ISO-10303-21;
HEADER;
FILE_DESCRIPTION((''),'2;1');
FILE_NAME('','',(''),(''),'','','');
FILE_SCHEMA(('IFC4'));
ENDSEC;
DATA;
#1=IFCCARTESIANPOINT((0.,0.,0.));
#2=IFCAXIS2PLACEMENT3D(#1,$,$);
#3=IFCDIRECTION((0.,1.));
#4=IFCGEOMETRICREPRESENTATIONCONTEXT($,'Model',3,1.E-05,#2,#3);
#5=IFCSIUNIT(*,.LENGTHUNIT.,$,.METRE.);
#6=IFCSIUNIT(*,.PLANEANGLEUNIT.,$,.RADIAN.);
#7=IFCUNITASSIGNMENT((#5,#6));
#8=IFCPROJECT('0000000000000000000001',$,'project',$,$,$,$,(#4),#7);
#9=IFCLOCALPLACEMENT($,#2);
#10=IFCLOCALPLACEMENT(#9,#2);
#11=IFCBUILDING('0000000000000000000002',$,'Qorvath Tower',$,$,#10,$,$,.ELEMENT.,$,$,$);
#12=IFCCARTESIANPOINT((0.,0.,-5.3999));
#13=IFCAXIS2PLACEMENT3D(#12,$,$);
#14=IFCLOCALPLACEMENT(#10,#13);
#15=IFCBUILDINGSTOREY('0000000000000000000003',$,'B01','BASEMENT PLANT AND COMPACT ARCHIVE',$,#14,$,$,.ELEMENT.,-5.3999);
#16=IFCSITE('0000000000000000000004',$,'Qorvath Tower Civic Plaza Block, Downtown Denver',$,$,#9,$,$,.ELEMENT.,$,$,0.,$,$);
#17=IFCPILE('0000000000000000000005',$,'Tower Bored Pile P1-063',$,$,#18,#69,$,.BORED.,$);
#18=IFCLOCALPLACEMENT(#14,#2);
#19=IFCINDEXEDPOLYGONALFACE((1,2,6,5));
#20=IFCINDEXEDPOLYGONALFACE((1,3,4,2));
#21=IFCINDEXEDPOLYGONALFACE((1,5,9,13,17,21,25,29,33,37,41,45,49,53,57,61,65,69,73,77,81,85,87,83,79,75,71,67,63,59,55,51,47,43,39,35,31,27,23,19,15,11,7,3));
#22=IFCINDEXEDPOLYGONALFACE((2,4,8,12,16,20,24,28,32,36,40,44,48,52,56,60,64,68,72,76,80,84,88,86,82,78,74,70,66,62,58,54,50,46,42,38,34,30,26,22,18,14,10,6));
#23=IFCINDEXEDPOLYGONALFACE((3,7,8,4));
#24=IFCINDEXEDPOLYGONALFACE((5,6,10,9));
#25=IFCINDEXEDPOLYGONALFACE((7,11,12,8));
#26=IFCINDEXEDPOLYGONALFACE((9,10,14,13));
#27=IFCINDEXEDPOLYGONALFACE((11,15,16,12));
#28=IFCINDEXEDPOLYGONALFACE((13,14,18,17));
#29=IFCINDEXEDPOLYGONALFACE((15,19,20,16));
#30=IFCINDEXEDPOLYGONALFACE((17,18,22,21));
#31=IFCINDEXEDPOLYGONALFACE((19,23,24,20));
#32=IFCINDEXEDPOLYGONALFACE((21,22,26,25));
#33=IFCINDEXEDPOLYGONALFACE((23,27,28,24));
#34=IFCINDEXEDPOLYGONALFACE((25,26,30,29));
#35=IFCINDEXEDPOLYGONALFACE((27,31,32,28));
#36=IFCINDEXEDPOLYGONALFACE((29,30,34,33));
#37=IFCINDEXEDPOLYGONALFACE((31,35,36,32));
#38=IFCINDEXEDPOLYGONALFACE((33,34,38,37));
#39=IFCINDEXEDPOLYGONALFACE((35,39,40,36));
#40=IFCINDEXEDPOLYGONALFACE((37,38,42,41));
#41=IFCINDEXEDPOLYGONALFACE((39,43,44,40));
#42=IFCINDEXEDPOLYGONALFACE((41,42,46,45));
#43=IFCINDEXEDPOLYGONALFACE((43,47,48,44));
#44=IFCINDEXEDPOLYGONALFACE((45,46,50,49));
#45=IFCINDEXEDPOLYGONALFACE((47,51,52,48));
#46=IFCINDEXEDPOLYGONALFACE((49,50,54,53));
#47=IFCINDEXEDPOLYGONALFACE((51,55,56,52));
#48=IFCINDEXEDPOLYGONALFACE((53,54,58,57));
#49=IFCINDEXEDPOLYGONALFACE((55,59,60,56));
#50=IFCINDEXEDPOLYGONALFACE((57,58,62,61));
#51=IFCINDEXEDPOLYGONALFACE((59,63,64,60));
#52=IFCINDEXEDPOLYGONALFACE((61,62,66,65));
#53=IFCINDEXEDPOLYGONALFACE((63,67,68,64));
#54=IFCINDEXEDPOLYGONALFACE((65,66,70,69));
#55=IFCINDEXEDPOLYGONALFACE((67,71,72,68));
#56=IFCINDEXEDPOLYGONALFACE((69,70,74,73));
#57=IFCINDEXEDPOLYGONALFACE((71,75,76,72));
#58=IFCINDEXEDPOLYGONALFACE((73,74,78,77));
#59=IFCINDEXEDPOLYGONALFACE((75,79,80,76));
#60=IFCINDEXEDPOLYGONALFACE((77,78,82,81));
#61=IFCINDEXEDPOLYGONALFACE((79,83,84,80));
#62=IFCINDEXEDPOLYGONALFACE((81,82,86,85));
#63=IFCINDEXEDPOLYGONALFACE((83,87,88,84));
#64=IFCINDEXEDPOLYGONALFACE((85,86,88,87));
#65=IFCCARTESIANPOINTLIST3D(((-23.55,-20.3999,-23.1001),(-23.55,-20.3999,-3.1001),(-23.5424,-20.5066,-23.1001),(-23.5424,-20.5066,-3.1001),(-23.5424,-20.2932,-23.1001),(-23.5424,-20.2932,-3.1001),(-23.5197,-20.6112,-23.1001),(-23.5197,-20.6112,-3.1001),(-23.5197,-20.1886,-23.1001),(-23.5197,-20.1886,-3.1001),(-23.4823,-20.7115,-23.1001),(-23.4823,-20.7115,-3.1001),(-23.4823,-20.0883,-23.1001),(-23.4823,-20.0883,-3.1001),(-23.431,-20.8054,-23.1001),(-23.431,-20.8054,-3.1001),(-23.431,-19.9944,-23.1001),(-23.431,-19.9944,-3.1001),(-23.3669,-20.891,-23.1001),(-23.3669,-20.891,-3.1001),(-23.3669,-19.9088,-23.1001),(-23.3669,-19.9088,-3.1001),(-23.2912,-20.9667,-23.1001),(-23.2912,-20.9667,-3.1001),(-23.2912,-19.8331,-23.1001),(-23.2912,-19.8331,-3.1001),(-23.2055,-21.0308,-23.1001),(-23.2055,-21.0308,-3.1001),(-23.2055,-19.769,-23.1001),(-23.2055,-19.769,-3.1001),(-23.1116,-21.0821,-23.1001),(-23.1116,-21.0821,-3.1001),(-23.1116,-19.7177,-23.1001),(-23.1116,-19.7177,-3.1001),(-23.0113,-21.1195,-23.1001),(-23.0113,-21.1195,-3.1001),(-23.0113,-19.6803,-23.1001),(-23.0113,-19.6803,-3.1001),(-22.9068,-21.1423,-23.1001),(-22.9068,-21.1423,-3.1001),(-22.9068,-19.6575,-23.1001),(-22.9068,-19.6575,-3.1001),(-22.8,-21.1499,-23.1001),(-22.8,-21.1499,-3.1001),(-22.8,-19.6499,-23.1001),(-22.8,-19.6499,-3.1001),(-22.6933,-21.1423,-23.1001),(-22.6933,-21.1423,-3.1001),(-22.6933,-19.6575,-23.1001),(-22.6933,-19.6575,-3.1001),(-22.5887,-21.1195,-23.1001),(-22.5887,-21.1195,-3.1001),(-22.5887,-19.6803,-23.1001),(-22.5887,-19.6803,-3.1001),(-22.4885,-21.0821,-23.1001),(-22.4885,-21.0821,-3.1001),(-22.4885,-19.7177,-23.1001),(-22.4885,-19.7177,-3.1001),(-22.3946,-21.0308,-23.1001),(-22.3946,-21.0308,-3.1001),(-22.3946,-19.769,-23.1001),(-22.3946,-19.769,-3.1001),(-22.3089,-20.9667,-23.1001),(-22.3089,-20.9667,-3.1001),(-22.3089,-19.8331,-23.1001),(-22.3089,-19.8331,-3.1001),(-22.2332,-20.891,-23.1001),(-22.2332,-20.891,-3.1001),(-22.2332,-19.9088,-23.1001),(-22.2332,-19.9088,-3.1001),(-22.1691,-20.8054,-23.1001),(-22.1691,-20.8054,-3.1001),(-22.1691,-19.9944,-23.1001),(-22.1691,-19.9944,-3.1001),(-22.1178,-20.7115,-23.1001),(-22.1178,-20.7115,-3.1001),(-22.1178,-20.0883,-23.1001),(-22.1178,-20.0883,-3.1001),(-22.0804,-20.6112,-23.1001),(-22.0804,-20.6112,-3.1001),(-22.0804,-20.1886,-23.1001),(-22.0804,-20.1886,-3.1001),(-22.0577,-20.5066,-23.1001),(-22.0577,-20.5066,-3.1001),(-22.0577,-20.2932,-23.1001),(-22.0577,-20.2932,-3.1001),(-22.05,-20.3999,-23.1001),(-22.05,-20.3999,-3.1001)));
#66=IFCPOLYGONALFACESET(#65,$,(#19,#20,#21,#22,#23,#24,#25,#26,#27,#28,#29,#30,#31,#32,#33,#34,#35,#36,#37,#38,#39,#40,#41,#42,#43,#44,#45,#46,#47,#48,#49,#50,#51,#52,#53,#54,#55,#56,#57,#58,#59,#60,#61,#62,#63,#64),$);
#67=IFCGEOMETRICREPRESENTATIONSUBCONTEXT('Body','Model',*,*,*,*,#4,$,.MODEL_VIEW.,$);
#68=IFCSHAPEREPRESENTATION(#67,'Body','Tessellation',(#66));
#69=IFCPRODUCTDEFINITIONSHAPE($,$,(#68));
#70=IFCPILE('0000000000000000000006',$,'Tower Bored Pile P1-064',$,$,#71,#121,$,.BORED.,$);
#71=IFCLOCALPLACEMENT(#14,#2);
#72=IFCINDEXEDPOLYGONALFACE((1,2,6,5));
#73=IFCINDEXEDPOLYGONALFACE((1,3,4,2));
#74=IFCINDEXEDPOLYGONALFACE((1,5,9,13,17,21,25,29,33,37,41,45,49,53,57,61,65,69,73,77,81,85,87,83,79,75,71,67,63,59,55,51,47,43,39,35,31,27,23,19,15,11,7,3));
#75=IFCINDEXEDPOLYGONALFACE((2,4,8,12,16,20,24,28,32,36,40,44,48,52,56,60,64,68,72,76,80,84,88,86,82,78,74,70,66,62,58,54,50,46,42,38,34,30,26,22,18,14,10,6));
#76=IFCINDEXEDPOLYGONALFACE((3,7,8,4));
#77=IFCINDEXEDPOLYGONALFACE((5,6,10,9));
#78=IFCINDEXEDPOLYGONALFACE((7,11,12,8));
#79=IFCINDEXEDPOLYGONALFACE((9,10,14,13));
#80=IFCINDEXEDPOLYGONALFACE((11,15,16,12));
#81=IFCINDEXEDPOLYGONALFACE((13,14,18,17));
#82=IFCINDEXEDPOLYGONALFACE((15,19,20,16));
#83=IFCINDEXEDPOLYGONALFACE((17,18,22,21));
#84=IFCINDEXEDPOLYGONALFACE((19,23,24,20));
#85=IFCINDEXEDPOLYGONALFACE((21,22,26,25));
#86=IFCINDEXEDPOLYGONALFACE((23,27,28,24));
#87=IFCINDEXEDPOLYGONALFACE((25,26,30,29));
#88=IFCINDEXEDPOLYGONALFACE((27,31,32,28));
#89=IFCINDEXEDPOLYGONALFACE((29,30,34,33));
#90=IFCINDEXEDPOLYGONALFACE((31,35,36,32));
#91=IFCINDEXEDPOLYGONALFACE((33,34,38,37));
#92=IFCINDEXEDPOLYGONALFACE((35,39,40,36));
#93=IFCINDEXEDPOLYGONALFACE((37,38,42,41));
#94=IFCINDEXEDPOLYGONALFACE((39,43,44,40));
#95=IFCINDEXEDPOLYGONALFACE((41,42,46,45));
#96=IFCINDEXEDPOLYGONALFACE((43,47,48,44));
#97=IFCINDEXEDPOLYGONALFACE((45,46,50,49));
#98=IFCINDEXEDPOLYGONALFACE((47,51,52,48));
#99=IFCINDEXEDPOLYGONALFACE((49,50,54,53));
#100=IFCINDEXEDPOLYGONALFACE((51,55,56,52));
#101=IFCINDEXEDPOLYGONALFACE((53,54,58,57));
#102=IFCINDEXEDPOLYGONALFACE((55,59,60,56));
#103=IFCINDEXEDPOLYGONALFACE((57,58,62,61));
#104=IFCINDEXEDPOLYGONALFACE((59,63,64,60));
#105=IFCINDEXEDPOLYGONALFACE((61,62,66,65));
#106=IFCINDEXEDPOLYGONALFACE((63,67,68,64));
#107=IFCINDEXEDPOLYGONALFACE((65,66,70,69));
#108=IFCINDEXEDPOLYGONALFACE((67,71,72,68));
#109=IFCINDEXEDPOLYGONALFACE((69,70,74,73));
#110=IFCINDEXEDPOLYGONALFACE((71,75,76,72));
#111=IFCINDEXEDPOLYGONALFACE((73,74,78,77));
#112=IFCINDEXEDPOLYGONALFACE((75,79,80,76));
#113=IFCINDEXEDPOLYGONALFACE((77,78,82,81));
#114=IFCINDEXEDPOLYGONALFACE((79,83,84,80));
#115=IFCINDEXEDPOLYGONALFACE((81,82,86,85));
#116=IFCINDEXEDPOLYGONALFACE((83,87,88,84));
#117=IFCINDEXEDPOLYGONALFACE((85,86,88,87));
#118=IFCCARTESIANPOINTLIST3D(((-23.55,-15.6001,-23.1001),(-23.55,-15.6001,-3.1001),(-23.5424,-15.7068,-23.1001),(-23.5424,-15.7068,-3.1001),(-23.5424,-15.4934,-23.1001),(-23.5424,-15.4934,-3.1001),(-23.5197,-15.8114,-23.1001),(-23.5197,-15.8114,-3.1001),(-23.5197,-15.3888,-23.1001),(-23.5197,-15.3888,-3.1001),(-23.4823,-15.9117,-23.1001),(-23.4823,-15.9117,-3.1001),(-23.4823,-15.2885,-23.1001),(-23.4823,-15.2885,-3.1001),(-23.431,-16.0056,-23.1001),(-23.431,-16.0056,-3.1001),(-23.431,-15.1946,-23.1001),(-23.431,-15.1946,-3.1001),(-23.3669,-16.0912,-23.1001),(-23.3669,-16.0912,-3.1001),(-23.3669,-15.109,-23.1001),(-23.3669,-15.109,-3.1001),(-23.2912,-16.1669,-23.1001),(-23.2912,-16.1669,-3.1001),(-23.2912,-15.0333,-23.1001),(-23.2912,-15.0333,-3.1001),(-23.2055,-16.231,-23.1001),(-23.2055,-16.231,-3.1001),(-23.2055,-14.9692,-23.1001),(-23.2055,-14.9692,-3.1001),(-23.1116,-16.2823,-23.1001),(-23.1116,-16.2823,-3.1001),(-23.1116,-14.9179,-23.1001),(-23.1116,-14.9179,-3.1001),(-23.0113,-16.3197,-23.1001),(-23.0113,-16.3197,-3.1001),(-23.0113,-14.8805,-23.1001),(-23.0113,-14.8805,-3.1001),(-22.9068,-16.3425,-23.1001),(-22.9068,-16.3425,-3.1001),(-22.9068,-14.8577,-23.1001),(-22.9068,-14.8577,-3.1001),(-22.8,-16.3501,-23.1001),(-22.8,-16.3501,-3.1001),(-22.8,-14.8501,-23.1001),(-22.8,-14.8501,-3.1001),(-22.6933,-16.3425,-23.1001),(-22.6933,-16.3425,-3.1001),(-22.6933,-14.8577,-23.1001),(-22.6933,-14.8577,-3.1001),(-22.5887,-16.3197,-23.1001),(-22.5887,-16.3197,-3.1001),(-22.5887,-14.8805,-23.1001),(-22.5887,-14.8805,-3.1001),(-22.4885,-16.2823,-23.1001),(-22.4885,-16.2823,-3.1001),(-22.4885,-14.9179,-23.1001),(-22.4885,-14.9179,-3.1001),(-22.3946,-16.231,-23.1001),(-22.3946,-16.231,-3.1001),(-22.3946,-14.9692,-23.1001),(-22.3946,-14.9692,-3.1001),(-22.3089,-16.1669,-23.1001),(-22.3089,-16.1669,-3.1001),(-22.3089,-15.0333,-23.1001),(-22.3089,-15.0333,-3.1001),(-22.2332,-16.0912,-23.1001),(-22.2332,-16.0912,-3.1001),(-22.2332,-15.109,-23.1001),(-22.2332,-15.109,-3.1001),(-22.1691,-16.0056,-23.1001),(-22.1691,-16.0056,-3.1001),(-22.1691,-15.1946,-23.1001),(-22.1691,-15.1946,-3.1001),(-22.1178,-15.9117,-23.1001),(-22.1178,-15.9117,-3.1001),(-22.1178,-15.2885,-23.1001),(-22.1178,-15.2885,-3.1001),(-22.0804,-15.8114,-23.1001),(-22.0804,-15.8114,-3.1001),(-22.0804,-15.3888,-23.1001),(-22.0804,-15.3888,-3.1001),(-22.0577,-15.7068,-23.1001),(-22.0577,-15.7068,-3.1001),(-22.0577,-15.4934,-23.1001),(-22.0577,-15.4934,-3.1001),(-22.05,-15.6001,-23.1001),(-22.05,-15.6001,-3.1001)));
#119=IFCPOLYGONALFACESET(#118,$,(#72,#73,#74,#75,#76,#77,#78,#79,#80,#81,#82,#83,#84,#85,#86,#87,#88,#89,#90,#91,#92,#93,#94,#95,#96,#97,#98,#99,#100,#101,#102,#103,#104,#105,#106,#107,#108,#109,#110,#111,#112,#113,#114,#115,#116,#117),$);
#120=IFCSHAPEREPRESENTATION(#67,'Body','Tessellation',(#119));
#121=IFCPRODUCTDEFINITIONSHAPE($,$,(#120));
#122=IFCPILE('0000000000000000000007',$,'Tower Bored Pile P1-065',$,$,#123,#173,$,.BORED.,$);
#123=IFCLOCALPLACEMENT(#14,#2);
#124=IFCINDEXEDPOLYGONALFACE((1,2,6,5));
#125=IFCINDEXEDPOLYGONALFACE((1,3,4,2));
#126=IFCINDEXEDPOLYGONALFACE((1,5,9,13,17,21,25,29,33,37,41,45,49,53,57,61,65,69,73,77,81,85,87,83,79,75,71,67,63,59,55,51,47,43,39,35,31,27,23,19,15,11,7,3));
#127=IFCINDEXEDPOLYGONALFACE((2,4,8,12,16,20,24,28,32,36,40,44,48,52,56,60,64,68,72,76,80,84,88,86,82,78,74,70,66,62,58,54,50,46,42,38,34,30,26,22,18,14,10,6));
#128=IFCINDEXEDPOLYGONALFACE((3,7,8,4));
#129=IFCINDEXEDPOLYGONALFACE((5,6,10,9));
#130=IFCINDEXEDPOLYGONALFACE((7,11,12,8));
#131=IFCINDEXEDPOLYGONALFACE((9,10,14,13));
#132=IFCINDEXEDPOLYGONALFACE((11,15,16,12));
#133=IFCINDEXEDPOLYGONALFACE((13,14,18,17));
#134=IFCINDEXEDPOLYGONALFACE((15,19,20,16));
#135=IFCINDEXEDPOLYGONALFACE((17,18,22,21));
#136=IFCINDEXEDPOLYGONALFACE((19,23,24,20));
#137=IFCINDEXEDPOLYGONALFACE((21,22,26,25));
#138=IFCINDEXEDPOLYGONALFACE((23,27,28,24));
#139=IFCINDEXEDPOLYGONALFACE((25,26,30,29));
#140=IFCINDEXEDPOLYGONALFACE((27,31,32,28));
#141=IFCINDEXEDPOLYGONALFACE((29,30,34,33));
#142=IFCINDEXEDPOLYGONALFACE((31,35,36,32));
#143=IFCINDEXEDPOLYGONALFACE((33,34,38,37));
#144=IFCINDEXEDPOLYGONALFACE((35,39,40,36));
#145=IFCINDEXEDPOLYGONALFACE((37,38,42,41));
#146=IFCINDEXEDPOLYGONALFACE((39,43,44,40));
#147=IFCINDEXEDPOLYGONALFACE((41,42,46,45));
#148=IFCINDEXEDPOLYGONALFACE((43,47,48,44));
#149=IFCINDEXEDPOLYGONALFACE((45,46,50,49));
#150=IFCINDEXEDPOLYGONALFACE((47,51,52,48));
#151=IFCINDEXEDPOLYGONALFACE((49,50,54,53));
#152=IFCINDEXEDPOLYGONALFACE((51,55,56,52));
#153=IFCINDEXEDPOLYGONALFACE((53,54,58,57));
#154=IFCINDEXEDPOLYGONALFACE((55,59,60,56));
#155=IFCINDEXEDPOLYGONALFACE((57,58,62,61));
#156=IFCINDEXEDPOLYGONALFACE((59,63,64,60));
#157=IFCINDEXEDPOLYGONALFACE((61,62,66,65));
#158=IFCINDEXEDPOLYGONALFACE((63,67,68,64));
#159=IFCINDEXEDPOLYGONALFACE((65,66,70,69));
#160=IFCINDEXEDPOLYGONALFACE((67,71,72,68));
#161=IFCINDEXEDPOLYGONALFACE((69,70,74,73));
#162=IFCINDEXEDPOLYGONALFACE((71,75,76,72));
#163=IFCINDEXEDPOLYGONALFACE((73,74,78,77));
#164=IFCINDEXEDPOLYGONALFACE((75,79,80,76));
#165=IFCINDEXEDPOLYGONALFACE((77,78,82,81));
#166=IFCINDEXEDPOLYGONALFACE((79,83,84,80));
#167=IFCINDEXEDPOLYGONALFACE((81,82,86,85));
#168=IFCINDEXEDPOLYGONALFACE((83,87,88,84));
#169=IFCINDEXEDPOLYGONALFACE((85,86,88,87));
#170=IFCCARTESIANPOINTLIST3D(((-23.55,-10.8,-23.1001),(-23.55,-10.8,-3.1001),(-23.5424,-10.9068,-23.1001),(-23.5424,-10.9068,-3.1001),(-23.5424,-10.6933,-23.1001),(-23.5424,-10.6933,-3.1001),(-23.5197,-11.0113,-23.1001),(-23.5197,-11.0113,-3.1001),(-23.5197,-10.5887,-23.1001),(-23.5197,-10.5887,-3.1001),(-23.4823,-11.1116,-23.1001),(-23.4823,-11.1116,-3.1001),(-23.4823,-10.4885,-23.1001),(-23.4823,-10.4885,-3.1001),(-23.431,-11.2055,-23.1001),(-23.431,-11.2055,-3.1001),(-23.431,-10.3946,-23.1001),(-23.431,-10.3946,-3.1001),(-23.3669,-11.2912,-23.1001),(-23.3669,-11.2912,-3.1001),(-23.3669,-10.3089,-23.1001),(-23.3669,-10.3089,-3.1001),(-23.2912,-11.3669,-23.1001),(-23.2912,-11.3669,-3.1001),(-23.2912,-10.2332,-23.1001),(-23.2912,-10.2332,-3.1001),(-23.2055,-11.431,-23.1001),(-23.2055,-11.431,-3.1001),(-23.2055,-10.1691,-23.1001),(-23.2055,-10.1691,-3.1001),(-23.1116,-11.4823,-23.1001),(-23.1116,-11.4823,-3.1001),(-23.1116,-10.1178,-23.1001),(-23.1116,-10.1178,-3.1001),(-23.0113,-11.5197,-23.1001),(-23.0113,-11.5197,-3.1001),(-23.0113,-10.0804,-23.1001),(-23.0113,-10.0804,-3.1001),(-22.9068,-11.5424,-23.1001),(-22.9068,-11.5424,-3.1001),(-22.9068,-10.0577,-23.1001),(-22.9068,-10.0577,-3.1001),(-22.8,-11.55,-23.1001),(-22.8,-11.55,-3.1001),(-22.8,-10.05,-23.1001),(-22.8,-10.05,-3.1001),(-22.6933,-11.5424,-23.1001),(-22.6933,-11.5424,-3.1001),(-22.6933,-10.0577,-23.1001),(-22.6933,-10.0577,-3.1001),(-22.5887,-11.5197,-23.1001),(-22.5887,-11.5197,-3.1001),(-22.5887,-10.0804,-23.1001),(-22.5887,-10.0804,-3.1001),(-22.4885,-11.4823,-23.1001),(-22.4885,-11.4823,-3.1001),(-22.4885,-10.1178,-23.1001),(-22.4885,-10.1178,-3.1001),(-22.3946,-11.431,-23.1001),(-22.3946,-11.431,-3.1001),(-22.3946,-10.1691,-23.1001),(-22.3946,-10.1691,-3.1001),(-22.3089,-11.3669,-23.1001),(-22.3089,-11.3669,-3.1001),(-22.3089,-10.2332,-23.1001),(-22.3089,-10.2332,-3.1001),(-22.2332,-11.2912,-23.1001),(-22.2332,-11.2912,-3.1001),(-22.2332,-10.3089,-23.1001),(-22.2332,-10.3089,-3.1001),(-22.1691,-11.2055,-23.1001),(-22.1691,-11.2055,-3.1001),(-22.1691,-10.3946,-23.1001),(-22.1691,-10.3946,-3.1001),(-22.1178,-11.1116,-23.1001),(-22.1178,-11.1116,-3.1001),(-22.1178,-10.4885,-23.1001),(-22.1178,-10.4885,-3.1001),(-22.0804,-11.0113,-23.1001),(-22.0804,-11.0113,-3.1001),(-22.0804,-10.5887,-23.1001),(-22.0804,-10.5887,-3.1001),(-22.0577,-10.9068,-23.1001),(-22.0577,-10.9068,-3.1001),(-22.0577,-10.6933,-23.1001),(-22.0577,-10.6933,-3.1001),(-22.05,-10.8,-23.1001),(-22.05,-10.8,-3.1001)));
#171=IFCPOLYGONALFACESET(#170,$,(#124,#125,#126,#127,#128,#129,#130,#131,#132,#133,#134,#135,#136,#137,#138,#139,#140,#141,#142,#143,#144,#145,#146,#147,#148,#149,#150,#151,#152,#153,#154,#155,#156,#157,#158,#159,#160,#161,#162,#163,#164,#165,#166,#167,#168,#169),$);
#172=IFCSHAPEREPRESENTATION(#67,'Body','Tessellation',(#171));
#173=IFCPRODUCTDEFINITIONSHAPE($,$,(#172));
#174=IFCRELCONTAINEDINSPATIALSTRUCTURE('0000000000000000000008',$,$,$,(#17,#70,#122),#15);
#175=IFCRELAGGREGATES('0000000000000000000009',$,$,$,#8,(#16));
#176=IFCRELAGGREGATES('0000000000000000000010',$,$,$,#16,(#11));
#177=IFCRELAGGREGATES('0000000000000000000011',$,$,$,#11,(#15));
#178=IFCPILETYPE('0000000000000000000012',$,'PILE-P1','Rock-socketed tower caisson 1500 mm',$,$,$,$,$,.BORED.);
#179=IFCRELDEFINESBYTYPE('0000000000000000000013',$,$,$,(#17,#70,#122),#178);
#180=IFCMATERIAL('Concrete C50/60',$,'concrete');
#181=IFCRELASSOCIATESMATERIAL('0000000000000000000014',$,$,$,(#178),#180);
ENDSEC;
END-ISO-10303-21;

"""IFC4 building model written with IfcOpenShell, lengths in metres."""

from ifc_helpers import new_model, si_unit, direction, frame, origin, origin_2d, place, context, subcontext, project, spatial, circle, extrude, material, material_profile, profile_set, type_object, element, save


model = new_model("IFC4")

# Units and contexts
model_context = context("Model", 3, precision=1e-05, world=origin(), true_north=direction((0.0, 1.0)))
body_context = subcontext(model_context, "Body", "Model", "MODEL_VIEW")
ifc_project = project(units=[si_unit("LENGTHUNIT", "METRE"), si_unit("PLANEANGLEUNIT", "RADIAN")], contexts=[model_context])

# Site, building, storey
site_placement = place(None, origin())
site = spatial("IfcSite", under=ifc_project, at=site_placement, Name="Qorvath Tower Civic Plaza Block, Downtown Denver", CompositionType="ELEMENT", RefElevation=0.0)
building_placement = place(site_placement, origin())
building = spatial("IfcBuilding", under=site, at=building_placement, Name="Qorvath Tower", CompositionType="ELEMENT")
storey_placement = place(building_placement, frame((0.0, 0.0, -5.3999)))
storey = spatial("IfcBuildingStorey", under=building, at=storey_placement, Name="B01", Description="BASEMENT PLANT AND COMPACT ARCHIVE", CompositionType="ELEMENT", Elevation=-5.3999)

# Piles
ifc_material_1 = material(Name="Concrete C50/60", Category="concrete")
ifc_material_profile_1 = material_profile(ifc_material_1, circle(Radius=0.75, at=origin_2d()), Name="BORED PILE 1500")
ifc_profile_set_1 = profile_set([ifc_material_profile_1], Name="Concrete C50/60")
pile_type = type_object("IfcPileType", Name="PILE-P1", Description="Rock-socketed tower caisson 1500 mm", PredefinedType="BORED", material=ifc_profile_set_1)
for number, where, z_axis, x_axis, name in (
    (1, (-22.8, -20.3999, -3.1001), (0.0, 0.0, -1.0), (1.0, 0.0, 0.0), "Tower Bored Pile P1-063"),
    (2, (-22.8, -15.6001, -3.1001), (0.0, 0.0, -1.0), (1.0, 0.0, 0.0), "Tower Bored Pile P1-064"),
    (3, (-22.8, -10.8, -3.1001), (0.0, 0.0, -1.0), (1.0, 0.0, 0.0), "Tower Bored Pile P1-065"),
):
    element("IfcPile", number, at=place(storey_placement, frame(where, z_axis=z_axis, x_axis=x_axis)), inside=storey, type_object=pile_type, Name=name, PredefinedType="BORED", context=body_context, shape_type="SweptSolid", body=[
        extrude(circle(Radius=0.75, at=origin_2d()), origin(), (0.0, 0.0, 1.0), 20.0),
    ])

save(model, "model.ifc")
